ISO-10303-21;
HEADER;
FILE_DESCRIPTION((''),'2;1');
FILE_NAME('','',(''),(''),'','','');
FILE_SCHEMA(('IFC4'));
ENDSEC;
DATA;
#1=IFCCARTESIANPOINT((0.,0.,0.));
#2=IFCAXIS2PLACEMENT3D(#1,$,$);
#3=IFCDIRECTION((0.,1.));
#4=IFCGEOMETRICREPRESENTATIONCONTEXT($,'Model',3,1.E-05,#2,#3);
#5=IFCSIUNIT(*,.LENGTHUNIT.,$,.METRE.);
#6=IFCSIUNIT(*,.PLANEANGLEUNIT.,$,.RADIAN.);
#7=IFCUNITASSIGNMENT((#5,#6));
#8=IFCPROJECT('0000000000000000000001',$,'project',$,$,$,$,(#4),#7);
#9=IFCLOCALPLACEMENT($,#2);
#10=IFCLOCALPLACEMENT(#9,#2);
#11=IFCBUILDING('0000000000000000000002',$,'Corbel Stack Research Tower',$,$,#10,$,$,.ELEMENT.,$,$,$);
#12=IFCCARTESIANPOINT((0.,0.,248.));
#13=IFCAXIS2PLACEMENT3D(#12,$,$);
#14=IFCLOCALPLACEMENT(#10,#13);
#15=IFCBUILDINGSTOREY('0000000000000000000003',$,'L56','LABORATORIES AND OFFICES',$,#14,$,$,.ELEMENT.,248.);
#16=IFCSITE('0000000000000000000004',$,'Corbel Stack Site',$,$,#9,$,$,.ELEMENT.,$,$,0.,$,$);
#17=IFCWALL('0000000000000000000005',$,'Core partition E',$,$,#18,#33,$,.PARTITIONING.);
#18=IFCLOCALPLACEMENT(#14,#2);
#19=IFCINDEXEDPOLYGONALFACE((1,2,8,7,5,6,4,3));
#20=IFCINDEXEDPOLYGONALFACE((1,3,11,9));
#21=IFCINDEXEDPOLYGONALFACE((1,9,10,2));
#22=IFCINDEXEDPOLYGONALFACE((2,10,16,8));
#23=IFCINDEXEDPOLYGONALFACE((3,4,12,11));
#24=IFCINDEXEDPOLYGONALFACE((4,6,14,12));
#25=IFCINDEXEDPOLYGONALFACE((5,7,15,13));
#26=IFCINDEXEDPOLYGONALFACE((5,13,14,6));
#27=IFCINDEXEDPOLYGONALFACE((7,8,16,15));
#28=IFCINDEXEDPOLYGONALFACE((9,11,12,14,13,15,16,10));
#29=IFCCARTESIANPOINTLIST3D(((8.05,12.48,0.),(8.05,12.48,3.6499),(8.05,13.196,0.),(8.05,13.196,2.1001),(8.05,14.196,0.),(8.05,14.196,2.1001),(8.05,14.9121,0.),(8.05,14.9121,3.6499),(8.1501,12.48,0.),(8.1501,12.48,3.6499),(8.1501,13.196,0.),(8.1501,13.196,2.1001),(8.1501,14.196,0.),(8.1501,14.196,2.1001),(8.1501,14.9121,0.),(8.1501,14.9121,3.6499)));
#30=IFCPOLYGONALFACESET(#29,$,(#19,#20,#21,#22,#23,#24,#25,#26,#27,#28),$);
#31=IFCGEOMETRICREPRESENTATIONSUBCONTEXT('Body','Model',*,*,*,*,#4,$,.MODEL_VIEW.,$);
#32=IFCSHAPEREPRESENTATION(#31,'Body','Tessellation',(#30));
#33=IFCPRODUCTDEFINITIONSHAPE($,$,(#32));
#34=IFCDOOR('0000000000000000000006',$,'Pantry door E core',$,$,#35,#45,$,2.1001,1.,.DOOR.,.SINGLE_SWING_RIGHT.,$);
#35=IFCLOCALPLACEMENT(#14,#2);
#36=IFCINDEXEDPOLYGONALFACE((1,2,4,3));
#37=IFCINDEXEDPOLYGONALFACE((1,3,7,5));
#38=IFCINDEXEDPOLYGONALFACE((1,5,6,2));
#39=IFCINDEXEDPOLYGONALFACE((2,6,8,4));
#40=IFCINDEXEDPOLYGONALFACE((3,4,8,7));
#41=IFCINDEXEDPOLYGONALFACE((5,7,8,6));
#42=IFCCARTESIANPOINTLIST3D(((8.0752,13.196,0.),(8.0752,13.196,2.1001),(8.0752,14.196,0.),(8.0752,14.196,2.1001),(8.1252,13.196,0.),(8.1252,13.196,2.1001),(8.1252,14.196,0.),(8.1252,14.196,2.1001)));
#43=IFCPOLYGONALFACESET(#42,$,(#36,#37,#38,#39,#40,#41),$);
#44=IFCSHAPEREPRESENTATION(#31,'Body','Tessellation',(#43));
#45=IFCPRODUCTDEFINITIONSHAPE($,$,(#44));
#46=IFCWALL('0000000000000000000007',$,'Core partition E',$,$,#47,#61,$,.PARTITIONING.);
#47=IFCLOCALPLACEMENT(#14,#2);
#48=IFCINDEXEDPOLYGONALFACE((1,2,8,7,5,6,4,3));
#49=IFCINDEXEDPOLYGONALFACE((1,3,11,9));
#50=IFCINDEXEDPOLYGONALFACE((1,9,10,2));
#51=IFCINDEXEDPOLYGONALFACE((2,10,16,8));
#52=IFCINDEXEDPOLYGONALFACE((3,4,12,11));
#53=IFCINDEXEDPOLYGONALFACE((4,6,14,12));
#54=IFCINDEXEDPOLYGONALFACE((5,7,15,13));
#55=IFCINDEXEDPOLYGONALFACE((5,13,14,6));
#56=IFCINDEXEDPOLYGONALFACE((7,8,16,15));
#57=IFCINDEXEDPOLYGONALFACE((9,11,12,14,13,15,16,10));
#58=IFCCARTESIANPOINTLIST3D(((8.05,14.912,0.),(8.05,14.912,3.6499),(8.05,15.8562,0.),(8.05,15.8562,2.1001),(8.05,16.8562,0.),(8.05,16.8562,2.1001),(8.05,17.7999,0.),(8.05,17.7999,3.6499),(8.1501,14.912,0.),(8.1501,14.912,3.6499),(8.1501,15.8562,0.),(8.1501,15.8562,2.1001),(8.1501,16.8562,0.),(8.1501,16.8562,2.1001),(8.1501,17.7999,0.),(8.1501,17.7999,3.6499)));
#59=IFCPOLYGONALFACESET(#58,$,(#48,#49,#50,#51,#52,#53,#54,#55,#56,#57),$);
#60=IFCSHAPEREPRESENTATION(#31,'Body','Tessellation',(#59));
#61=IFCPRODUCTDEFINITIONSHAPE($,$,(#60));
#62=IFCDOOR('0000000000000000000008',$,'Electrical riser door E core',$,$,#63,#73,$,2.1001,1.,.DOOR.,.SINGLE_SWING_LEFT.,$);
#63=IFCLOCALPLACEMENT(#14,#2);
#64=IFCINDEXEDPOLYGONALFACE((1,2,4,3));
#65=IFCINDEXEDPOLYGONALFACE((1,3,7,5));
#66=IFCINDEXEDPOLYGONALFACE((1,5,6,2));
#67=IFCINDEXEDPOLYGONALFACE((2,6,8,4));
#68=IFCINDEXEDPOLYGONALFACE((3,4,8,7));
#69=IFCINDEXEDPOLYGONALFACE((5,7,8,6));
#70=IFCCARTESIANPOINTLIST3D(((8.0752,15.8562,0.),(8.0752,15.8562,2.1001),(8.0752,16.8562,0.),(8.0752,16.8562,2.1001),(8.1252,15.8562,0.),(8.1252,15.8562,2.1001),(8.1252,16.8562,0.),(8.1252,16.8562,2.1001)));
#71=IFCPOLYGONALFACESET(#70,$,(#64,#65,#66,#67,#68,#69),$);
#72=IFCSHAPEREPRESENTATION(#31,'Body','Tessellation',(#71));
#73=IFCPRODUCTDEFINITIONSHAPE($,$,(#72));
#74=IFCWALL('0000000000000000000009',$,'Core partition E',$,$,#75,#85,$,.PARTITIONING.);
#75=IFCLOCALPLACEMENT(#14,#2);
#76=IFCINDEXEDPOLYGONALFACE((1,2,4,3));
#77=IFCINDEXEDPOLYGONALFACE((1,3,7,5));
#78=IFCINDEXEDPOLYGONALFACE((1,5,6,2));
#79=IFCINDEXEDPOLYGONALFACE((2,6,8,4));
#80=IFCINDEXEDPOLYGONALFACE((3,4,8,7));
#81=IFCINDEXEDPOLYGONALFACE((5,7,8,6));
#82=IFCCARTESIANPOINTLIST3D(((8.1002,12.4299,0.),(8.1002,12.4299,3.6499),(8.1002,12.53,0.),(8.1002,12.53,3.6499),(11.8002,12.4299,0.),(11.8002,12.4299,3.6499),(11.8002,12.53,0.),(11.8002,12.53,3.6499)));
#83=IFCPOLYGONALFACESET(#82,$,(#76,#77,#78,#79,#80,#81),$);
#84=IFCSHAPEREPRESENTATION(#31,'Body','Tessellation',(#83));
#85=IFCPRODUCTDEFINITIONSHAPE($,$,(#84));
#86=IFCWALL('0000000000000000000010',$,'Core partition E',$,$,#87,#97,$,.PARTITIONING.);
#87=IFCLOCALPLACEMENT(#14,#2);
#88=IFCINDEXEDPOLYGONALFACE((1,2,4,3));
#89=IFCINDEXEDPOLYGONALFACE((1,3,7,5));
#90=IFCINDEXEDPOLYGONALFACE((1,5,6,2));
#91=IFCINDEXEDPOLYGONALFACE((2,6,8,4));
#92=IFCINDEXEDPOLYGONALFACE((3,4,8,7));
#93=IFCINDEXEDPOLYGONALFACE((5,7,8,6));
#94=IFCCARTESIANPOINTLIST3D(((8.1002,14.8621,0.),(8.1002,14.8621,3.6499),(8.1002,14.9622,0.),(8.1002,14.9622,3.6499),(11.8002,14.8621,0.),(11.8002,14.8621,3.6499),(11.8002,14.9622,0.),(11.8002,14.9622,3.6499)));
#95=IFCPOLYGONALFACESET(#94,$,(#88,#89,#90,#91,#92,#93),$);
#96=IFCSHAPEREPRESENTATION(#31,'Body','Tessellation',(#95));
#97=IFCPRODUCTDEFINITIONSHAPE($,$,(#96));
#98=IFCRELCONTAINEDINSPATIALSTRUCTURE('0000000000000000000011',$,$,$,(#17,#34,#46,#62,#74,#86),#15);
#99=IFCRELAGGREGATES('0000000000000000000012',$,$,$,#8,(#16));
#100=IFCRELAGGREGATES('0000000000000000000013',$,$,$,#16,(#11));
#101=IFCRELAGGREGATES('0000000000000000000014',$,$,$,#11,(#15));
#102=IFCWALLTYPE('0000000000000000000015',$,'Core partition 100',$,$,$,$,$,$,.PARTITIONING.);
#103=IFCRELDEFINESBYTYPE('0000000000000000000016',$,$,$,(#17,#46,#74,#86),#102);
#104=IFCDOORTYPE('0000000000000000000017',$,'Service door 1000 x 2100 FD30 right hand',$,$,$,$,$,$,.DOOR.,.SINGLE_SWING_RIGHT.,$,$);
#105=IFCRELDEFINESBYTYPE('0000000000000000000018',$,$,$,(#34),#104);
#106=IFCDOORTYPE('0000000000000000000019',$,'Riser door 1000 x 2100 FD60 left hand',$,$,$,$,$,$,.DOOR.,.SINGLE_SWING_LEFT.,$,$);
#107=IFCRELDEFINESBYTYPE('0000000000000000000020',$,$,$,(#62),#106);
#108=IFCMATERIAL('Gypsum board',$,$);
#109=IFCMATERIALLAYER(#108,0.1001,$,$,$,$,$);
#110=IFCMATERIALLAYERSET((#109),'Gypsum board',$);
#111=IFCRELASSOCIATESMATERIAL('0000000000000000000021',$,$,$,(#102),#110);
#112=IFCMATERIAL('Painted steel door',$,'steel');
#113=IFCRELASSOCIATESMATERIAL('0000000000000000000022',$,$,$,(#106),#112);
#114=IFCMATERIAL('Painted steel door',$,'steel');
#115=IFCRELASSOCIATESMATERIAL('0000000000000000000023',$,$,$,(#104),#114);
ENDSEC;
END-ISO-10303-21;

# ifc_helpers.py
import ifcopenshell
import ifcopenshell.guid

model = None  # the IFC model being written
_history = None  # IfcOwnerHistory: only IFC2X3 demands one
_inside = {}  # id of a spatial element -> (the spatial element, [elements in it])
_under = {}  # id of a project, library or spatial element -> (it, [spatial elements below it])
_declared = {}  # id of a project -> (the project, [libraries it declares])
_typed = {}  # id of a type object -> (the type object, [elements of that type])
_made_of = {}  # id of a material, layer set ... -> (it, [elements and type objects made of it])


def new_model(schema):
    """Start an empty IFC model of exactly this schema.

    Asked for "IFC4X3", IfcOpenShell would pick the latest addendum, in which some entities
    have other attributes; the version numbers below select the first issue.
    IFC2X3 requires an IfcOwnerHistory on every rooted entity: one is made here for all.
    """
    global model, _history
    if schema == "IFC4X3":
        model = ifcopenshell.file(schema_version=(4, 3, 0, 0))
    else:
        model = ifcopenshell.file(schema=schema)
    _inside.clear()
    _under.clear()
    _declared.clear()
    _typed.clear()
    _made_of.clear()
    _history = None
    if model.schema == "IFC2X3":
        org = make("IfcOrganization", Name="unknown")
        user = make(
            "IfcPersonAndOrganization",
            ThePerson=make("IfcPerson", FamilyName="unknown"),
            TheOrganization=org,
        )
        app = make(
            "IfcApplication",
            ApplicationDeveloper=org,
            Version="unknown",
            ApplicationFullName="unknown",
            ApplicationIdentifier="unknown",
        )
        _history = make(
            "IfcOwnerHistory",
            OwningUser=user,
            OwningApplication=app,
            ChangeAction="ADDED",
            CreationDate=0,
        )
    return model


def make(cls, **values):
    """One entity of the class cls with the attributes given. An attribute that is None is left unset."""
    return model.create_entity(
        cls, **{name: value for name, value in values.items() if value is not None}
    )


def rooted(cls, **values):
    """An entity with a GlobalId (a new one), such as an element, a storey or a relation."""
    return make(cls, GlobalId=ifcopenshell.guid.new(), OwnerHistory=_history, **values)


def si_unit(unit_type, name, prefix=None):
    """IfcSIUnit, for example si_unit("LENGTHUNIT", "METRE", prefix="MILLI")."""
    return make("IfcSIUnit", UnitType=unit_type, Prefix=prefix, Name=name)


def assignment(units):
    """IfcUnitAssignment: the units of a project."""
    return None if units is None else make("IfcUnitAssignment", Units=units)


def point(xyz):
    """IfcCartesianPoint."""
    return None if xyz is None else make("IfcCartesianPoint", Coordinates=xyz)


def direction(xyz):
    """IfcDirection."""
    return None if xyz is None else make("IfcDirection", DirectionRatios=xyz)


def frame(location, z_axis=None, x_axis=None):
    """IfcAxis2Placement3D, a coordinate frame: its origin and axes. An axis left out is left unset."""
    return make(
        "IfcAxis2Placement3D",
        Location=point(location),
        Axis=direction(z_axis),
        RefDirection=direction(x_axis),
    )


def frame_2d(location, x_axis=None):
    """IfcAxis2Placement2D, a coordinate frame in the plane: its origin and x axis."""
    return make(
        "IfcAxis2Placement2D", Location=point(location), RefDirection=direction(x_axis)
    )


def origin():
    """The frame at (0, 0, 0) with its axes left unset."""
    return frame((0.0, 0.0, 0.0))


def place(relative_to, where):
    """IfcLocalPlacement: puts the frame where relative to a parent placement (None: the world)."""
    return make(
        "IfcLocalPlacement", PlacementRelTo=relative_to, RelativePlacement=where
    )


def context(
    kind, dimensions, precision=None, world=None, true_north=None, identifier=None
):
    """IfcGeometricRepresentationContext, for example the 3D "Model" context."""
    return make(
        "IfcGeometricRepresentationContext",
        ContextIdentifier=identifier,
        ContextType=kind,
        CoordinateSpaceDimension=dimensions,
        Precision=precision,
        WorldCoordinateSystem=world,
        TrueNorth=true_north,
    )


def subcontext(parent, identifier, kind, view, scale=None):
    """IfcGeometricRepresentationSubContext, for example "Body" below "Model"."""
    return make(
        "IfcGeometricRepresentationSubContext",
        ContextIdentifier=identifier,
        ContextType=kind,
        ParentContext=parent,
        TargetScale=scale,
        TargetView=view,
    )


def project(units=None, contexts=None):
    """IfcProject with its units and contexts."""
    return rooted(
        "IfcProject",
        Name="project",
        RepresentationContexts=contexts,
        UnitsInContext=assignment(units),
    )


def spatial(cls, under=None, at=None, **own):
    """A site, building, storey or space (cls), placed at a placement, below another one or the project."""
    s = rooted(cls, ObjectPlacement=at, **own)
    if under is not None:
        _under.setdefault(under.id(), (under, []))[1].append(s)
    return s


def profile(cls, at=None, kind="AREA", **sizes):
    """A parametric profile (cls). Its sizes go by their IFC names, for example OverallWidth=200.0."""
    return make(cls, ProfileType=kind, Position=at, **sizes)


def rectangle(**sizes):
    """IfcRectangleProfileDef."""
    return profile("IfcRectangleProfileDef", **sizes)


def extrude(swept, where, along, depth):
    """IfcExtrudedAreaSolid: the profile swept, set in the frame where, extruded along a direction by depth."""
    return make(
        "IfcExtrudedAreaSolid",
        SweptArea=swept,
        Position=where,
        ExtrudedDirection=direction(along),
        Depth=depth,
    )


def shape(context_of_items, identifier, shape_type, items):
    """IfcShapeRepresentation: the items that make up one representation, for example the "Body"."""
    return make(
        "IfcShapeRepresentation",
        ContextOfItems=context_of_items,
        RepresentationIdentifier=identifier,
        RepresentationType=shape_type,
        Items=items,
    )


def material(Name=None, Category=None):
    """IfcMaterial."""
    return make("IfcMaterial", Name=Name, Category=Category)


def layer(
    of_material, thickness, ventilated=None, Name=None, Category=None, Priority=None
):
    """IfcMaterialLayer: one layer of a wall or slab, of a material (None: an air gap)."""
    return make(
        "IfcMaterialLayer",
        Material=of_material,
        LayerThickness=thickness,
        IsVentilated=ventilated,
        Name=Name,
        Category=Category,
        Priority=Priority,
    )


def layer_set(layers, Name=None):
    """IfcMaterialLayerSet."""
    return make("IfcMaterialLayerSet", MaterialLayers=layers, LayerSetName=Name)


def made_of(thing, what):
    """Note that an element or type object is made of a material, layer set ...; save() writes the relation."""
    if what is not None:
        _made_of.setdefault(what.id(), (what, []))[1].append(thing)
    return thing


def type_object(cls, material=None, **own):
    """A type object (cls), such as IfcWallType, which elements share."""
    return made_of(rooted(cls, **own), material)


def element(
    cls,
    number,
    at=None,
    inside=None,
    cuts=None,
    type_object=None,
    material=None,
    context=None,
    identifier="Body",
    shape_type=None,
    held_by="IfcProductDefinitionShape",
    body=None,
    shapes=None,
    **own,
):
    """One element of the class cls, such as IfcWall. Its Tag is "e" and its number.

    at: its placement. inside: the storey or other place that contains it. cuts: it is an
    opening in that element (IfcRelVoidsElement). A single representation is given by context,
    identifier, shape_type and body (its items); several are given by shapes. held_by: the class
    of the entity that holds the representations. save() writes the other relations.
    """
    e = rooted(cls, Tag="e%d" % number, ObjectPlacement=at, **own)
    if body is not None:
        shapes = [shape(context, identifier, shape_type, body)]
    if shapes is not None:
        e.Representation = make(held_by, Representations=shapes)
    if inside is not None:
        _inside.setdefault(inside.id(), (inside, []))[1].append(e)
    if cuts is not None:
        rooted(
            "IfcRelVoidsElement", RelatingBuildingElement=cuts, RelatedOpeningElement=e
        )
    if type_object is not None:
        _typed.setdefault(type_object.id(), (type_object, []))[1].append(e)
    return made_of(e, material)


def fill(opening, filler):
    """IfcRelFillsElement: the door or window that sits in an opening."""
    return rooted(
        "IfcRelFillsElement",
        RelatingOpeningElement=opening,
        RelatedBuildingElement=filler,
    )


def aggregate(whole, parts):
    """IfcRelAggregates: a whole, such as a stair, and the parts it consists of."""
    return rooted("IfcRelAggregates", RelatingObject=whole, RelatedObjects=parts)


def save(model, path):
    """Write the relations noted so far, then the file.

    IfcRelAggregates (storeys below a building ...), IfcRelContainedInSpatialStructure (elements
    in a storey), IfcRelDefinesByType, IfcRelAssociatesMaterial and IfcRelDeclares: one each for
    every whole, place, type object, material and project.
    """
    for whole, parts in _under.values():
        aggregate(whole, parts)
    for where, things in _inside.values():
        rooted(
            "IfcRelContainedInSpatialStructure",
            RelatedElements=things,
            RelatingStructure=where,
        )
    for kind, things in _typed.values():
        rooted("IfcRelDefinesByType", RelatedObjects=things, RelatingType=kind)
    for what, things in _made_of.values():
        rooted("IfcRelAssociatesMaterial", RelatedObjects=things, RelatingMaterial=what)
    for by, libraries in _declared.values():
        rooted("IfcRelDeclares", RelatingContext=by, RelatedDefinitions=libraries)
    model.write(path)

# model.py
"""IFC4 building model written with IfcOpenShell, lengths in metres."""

from ifc_helpers import new_model, si_unit, direction, frame, frame_2d, origin, place, context, subcontext, project, spatial, rectangle, extrude, material, layer, layer_set, type_object, element, fill, save


model = new_model("IFC4")

# Units and contexts
model_context = context("Model", 3, precision=1e-05, world=origin(), true_north=direction((0.0, 1.0)))
body_context = subcontext(model_context, "Body", "Model", "MODEL_VIEW")
ifc_project = project(units=[si_unit("LENGTHUNIT", "METRE"), si_unit("PLANEANGLEUNIT", "RADIAN")], contexts=[model_context])

# Site, building, storey
site_placement = place(None, origin())
site = spatial("IfcSite", under=ifc_project, at=site_placement, Name="Corbel Stack Site", CompositionType="ELEMENT", RefElevation=0.0)
building_placement = place(site_placement, origin())
building = spatial("IfcBuilding", under=site, at=building_placement, Name="Corbel Stack Research Tower", CompositionType="ELEMENT")
storey_placement = place(building_placement, frame((0.0, 0.0, 248.0)))
storey = spatial("IfcBuildingStorey", under=building, at=storey_placement, Name="L56", Description="LABORATORIES AND OFFICES", CompositionType="ELEMENT", Elevation=248.0)

# Walls, openings, doors
ifc_material_1 = material(Name="Gypsum board")
ifc_layer_1 = layer(ifc_material_1, 0.1001)
ifc_layer_set_1 = layer_set([ifc_layer_1], Name="Gypsum board")
wall_type_1 = type_object("IfcWallType", Name="Core partition 100", PredefinedType="PARTITIONING", material=ifc_layer_set_1)
ifc_material_2 = material(Name="Painted steel door", Category="steel")
door_type_1 = type_object("IfcDoorType", Name="Riser door 1000 x 2100 FD60 left hand", OperationType="SINGLE_SWING_LEFT", PredefinedType="DOOR", material=ifc_material_2)
wall_1_placement = place(storey_placement, frame((8.1001, 12.48, 0.0), z_axis=(0.0, 0.0, 1.0), x_axis=(0.0, 1.0, 0.0)))
wall_1 = element("IfcWall", 1, at=wall_1_placement, inside=storey, type_object=wall_type_1, Name="Core partition E", PredefinedType="PARTITIONING", context=body_context, shape_type="SweptSolid", body=[
    extrude(rectangle(XDim=2.4321, YDim=0.1001, at=frame_2d((1.2161, 0.0))), origin(), (0.0, 0.0, 1.0), 3.6499),
])
opening_1_placement = place(wall_1_placement, frame((0.7161, 0.0, 0.0)))
opening_1 = element("IfcOpeningElement", 2, at=opening_1_placement, cuts=wall_1, PredefinedType="OPENING", context=body_context, shape_type="SweptSolid", body=[
    extrude(rectangle(XDim=1.0, YDim=2.1001, at=frame_2d((0.5, 1.05))), frame((0.0, 0.0601, 0.0), z_axis=(0.0, -1.0, 0.0), x_axis=(1.0, 0.0, 0.0)), (0.0, 0.0, 1.0), 0.1201),
])
ifc_material_3 = material(Name="Painted steel door", Category="steel")
door_type_2 = type_object("IfcDoorType", Name="Service door 1000 x 2100 FD30 right hand", OperationType="SINGLE_SWING_RIGHT", PredefinedType="DOOR", material=ifc_material_3)
door_1_placement = place(opening_1_placement, origin())
door_1 = element("IfcDoor", 3, at=door_1_placement, inside=storey, type_object=door_type_2, Name="Pantry door E core", OperationType="SINGLE_SWING_RIGHT", OverallHeight=2.1001, OverallWidth=1.0, PredefinedType="DOOR", context=body_context, shape_type="SweptSolid", body=[
    extrude(rectangle(XDim=1.0, YDim=2.1001, at=frame_2d((0.5, 1.05))), frame((0.0, 0.0249, 0.0), z_axis=(0.0, -1.0, 0.0), x_axis=(1.0, 0.0, 0.0)), (0.0, 0.0, 1.0), 0.05),
])
fill(opening_1, door_1)
wall_2_placement = place(storey_placement, frame((8.1001, 14.9121, 0.0), z_axis=(0.0, 0.0, 1.0), x_axis=(0.0, 1.0, 0.0)))
wall_2 = element("IfcWall", 4, at=wall_2_placement, inside=storey, type_object=wall_type_1, Name="Core partition E", PredefinedType="PARTITIONING", context=body_context, shape_type="SweptSolid", body=[
    extrude(rectangle(XDim=2.8879, YDim=0.1001, at=frame_2d((1.4438, 0.0))), origin(), (0.0, 0.0, 1.0), 3.6499),
])
opening_2_placement = place(wall_2_placement, frame((0.9441, 0.0, 0.0)))
opening_2 = element("IfcOpeningElement", 5, at=opening_2_placement, cuts=wall_2, PredefinedType="OPENING", context=body_context, shape_type="SweptSolid", body=[
    extrude(rectangle(XDim=1.0, YDim=2.1001, at=frame_2d((0.5, 1.05))), frame((0.0, 0.0601, 0.0), z_axis=(0.0, -1.0, 0.0), x_axis=(1.0, 0.0, 0.0)), (0.0, 0.0, 1.0), 0.1201),
])
door_2_placement = place(opening_2_placement, origin())
door_2 = element("IfcDoor", 6, at=door_2_placement, inside=storey, type_object=door_type_1, Name="Electrical riser door E core", OperationType="SINGLE_SWING_LEFT", OverallHeight=2.1001, OverallWidth=1.0, PredefinedType="DOOR", context=body_context, shape_type="SweptSolid", body=[
    extrude(rectangle(XDim=1.0, YDim=2.1001, at=frame_2d((0.5, 1.05))), frame((0.0, 0.0249, 0.0), z_axis=(0.0, -1.0, 0.0), x_axis=(1.0, 0.0, 0.0)), (0.0, 0.0, 1.0), 0.05),
])
fill(opening_2, door_2)

# Walls
for number, where, z_axis, x_axis, name in (
    (7, (8.1001, 12.48, 0.0), (0.0, 0.0, 1.0), (1.0, 0.0, 0.0), "Core partition E"),
    (8, (8.1001, 14.9121, 0.0), (0.0, 0.0, 1.0), (1.0, 0.0, 0.0), "Core partition E"),
):
    element("IfcWall", number, at=place(storey_placement, frame(where, z_axis=z_axis, x_axis=x_axis)), inside=storey, type_object=wall_type_1, Name=name, PredefinedType="PARTITIONING", context=body_context, shape_type="SweptSolid", body=[
        extrude(rectangle(XDim=3.7, YDim=0.1001, at=frame_2d((1.8501, 0.0))), origin(), (0.0, 0.0, 1.0), 3.6499),
    ])

save(model, "model.ifc")
